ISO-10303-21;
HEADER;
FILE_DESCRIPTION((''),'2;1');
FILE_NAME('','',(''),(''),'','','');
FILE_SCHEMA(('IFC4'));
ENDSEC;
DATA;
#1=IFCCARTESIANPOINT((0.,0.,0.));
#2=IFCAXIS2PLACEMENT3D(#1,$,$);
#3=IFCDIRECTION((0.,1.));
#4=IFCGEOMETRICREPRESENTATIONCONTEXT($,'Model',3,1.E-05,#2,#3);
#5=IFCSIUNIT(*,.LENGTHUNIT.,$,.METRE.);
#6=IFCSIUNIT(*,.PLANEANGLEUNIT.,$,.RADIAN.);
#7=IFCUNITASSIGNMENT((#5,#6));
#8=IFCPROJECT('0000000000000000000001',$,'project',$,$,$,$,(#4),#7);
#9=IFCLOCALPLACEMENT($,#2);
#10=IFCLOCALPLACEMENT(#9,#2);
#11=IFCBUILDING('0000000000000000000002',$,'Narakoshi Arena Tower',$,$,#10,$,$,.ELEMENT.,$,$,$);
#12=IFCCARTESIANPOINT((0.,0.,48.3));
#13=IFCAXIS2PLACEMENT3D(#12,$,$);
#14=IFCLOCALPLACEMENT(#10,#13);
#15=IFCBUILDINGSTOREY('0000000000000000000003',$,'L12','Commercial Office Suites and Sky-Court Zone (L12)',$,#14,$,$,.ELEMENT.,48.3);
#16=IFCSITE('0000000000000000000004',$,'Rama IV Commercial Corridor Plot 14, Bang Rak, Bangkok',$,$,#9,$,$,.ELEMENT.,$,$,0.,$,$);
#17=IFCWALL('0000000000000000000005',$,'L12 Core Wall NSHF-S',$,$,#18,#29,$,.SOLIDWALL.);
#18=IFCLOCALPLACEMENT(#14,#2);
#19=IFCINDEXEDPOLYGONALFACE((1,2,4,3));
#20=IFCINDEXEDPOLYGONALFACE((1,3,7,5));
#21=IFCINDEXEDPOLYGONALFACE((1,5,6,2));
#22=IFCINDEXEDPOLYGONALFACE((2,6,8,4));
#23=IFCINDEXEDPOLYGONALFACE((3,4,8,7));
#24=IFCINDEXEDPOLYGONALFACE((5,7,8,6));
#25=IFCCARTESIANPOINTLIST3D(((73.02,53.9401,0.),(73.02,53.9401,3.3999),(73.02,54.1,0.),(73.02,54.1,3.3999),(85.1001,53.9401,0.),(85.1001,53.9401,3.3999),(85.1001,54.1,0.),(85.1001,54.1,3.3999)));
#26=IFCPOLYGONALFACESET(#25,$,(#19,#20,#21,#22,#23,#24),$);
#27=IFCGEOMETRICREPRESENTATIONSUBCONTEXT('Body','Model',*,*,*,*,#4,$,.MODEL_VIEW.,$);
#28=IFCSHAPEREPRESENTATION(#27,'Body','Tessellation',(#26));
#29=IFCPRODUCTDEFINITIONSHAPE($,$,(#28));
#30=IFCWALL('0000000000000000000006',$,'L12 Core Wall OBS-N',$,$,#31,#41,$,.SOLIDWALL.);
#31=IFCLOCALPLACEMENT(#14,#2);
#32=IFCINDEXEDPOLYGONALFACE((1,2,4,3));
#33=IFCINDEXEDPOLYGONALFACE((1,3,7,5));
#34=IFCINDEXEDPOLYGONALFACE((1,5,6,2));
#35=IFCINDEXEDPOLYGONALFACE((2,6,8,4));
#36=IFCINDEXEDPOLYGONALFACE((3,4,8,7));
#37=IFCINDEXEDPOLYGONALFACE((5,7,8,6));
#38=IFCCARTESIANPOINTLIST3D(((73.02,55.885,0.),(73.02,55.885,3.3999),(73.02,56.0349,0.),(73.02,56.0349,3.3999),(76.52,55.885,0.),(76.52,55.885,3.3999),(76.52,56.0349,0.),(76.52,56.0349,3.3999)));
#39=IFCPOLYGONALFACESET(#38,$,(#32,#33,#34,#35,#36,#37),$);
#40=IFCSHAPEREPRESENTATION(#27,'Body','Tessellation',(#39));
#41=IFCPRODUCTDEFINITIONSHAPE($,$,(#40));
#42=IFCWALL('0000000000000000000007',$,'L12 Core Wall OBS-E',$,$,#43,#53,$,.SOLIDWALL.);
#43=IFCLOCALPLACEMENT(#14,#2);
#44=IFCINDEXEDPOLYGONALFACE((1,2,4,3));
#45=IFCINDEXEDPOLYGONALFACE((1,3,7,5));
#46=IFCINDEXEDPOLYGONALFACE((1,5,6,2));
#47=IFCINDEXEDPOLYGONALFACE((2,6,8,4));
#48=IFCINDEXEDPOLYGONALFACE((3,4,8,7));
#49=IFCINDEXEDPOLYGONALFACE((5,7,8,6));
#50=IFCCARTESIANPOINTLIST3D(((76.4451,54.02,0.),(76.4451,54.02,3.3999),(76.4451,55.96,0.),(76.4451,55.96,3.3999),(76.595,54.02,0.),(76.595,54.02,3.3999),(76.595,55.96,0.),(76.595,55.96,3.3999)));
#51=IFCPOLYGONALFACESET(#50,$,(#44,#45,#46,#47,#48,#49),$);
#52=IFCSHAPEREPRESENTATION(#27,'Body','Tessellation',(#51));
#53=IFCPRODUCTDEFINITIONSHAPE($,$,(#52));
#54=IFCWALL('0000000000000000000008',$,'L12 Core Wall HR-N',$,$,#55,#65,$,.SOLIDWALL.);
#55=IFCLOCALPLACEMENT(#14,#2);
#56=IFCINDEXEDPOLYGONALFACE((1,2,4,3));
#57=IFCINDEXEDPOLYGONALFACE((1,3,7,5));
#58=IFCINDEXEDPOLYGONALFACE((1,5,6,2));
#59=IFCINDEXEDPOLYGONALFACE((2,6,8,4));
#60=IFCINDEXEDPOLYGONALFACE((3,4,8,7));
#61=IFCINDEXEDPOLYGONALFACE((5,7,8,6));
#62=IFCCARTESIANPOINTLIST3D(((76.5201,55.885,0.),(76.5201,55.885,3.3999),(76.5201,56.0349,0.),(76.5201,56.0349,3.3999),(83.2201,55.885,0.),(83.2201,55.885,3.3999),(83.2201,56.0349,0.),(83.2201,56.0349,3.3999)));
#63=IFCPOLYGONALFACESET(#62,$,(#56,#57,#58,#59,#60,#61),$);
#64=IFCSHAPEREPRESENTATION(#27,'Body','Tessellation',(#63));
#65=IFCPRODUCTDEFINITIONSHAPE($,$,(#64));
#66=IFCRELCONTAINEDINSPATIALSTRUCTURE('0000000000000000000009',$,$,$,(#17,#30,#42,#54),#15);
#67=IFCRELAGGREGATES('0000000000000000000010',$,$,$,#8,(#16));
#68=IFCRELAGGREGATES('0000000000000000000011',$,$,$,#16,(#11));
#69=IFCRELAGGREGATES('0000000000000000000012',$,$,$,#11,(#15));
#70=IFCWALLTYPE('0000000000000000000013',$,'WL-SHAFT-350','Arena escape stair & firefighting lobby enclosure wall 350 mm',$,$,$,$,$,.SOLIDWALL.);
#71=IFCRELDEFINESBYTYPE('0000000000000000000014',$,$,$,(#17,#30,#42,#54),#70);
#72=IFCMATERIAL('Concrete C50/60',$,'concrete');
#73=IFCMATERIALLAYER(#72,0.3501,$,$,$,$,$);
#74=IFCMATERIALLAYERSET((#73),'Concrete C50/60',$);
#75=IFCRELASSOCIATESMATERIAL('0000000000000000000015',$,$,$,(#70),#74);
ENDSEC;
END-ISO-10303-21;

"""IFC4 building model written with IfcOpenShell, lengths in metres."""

from ifc_helpers import new_model, si_unit, direction, frame, frame_2d, origin, place, context, subcontext, project, spatial, rectangle, extrude, material, layer, layer_set, type_object, element, save


model = new_model("IFC4")

# Units and contexts
model_context = context("Model", 3, precision=1e-05, world=origin(), true_north=direction((0.0, 1.0)))
body_context = subcontext(model_context, "Body", "Model", "MODEL_VIEW")
ifc_project = project(units=[si_unit("LENGTHUNIT", "METRE"), si_unit("PLANEANGLEUNIT", "RADIAN")], contexts=[model_context])

# Site, building, storey
site_placement = place(None, origin())
site = spatial("IfcSite", under=ifc_project, at=site_placement, Name="Rama IV Commercial Corridor Plot 14, Bang Rak, Bangkok", CompositionType="ELEMENT", RefElevation=0.0)
building_placement = place(site_placement, origin())
building = spatial("IfcBuilding", under=site, at=building_placement, Name="Narakoshi Arena Tower", CompositionType="ELEMENT")
storey_placement = place(building_placement, frame((0.0, 0.0, 48.3)))
storey = spatial("IfcBuildingStorey", under=building, at=storey_placement, Name="L12", Description="Commercial Office Suites and Sky-Court Zone (L12)", CompositionType="ELEMENT", Elevation=48.3)

# Walls
ifc_material_1 = material(Name="Concrete C50/60", Category="concrete")
ifc_layer_1 = layer(ifc_material_1, 0.3501)
ifc_layer_set_1 = layer_set([ifc_layer_1], Name="Concrete C50/60")
wall_type_1 = type_object("IfcWallType", Name="WL-SHAFT-350", Description="Arena escape stair & firefighting lobby enclosure wall 350 mm", PredefinedType="SOLIDWALL", material=ifc_layer_set_1)
wall_1_placement = place(storey_placement, frame((73.02, 54.02, 0.0), z_axis=(0.0, 0.0, 1.0), x_axis=(1.0, 0.0, 0.0)))
element("IfcWall", 1, at=wall_1_placement, inside=storey, type_object=wall_type_1, Name="L12 Core Wall NSHF-S", PredefinedType="SOLIDWALL", context=body_context, shape_type="SweptSolid", body=[
    extrude(rectangle(XDim=12.0801, YDim=0.1599, at=frame_2d((6.04, 0.0))), origin(), (0.0, 0.0, 1.0), 3.3999),
])
wall_2_placement = place(storey_placement, frame((73.02, 55.96, 0.0), z_axis=(0.0, 0.0, 1.0), x_axis=(1.0, 0.0, 0.0)))
element("IfcWall", 2, at=wall_2_placement, inside=storey, type_object=wall_type_1, Name="L12 Core Wall OBS-N", PredefinedType="SOLIDWALL", context=body_context, shape_type="SweptSolid", body=[
    extrude(rectangle(XDim=3.5, YDim=0.1499, at=frame_2d((1.75, 0.0))), origin(), (0.0, 0.0, 1.0), 3.3999),
])
wall_3_placement = place(storey_placement, frame((76.52, 54.02, 0.0), z_axis=(0.0, 0.0, 1.0), x_axis=(0.0, 1.0, 0.0)))
element("IfcWall", 3, at=wall_3_placement, inside=storey, type_object=wall_type_1, Name="L12 Core Wall OBS-E", PredefinedType="SOLIDWALL", context=body_context, shape_type="SweptSolid", body=[
    extrude(rectangle(XDim=1.9399, YDim=0.1499, at=frame_2d((0.97, 0.0))), origin(), (0.0, 0.0, 1.0), 3.3999),
])
wall_4_placement = place(storey_placement, frame((76.52, 55.96, 0.0), z_axis=(0.0, 0.0, 1.0), x_axis=(1.0, 0.0, 0.0)))
element("IfcWall", 4, at=wall_4_placement, inside=storey, type_object=wall_type_1, Name="L12 Core Wall HR-N", PredefinedType="SOLIDWALL", context=body_context, shape_type="SweptSolid", body=[
    extrude(rectangle(XDim=6.7, YDim=0.1499, at=frame_2d((3.3501, 0.0))), origin(), (0.0, 0.0, 1.0), 3.3999),
])

save(model, "model.ifc")
